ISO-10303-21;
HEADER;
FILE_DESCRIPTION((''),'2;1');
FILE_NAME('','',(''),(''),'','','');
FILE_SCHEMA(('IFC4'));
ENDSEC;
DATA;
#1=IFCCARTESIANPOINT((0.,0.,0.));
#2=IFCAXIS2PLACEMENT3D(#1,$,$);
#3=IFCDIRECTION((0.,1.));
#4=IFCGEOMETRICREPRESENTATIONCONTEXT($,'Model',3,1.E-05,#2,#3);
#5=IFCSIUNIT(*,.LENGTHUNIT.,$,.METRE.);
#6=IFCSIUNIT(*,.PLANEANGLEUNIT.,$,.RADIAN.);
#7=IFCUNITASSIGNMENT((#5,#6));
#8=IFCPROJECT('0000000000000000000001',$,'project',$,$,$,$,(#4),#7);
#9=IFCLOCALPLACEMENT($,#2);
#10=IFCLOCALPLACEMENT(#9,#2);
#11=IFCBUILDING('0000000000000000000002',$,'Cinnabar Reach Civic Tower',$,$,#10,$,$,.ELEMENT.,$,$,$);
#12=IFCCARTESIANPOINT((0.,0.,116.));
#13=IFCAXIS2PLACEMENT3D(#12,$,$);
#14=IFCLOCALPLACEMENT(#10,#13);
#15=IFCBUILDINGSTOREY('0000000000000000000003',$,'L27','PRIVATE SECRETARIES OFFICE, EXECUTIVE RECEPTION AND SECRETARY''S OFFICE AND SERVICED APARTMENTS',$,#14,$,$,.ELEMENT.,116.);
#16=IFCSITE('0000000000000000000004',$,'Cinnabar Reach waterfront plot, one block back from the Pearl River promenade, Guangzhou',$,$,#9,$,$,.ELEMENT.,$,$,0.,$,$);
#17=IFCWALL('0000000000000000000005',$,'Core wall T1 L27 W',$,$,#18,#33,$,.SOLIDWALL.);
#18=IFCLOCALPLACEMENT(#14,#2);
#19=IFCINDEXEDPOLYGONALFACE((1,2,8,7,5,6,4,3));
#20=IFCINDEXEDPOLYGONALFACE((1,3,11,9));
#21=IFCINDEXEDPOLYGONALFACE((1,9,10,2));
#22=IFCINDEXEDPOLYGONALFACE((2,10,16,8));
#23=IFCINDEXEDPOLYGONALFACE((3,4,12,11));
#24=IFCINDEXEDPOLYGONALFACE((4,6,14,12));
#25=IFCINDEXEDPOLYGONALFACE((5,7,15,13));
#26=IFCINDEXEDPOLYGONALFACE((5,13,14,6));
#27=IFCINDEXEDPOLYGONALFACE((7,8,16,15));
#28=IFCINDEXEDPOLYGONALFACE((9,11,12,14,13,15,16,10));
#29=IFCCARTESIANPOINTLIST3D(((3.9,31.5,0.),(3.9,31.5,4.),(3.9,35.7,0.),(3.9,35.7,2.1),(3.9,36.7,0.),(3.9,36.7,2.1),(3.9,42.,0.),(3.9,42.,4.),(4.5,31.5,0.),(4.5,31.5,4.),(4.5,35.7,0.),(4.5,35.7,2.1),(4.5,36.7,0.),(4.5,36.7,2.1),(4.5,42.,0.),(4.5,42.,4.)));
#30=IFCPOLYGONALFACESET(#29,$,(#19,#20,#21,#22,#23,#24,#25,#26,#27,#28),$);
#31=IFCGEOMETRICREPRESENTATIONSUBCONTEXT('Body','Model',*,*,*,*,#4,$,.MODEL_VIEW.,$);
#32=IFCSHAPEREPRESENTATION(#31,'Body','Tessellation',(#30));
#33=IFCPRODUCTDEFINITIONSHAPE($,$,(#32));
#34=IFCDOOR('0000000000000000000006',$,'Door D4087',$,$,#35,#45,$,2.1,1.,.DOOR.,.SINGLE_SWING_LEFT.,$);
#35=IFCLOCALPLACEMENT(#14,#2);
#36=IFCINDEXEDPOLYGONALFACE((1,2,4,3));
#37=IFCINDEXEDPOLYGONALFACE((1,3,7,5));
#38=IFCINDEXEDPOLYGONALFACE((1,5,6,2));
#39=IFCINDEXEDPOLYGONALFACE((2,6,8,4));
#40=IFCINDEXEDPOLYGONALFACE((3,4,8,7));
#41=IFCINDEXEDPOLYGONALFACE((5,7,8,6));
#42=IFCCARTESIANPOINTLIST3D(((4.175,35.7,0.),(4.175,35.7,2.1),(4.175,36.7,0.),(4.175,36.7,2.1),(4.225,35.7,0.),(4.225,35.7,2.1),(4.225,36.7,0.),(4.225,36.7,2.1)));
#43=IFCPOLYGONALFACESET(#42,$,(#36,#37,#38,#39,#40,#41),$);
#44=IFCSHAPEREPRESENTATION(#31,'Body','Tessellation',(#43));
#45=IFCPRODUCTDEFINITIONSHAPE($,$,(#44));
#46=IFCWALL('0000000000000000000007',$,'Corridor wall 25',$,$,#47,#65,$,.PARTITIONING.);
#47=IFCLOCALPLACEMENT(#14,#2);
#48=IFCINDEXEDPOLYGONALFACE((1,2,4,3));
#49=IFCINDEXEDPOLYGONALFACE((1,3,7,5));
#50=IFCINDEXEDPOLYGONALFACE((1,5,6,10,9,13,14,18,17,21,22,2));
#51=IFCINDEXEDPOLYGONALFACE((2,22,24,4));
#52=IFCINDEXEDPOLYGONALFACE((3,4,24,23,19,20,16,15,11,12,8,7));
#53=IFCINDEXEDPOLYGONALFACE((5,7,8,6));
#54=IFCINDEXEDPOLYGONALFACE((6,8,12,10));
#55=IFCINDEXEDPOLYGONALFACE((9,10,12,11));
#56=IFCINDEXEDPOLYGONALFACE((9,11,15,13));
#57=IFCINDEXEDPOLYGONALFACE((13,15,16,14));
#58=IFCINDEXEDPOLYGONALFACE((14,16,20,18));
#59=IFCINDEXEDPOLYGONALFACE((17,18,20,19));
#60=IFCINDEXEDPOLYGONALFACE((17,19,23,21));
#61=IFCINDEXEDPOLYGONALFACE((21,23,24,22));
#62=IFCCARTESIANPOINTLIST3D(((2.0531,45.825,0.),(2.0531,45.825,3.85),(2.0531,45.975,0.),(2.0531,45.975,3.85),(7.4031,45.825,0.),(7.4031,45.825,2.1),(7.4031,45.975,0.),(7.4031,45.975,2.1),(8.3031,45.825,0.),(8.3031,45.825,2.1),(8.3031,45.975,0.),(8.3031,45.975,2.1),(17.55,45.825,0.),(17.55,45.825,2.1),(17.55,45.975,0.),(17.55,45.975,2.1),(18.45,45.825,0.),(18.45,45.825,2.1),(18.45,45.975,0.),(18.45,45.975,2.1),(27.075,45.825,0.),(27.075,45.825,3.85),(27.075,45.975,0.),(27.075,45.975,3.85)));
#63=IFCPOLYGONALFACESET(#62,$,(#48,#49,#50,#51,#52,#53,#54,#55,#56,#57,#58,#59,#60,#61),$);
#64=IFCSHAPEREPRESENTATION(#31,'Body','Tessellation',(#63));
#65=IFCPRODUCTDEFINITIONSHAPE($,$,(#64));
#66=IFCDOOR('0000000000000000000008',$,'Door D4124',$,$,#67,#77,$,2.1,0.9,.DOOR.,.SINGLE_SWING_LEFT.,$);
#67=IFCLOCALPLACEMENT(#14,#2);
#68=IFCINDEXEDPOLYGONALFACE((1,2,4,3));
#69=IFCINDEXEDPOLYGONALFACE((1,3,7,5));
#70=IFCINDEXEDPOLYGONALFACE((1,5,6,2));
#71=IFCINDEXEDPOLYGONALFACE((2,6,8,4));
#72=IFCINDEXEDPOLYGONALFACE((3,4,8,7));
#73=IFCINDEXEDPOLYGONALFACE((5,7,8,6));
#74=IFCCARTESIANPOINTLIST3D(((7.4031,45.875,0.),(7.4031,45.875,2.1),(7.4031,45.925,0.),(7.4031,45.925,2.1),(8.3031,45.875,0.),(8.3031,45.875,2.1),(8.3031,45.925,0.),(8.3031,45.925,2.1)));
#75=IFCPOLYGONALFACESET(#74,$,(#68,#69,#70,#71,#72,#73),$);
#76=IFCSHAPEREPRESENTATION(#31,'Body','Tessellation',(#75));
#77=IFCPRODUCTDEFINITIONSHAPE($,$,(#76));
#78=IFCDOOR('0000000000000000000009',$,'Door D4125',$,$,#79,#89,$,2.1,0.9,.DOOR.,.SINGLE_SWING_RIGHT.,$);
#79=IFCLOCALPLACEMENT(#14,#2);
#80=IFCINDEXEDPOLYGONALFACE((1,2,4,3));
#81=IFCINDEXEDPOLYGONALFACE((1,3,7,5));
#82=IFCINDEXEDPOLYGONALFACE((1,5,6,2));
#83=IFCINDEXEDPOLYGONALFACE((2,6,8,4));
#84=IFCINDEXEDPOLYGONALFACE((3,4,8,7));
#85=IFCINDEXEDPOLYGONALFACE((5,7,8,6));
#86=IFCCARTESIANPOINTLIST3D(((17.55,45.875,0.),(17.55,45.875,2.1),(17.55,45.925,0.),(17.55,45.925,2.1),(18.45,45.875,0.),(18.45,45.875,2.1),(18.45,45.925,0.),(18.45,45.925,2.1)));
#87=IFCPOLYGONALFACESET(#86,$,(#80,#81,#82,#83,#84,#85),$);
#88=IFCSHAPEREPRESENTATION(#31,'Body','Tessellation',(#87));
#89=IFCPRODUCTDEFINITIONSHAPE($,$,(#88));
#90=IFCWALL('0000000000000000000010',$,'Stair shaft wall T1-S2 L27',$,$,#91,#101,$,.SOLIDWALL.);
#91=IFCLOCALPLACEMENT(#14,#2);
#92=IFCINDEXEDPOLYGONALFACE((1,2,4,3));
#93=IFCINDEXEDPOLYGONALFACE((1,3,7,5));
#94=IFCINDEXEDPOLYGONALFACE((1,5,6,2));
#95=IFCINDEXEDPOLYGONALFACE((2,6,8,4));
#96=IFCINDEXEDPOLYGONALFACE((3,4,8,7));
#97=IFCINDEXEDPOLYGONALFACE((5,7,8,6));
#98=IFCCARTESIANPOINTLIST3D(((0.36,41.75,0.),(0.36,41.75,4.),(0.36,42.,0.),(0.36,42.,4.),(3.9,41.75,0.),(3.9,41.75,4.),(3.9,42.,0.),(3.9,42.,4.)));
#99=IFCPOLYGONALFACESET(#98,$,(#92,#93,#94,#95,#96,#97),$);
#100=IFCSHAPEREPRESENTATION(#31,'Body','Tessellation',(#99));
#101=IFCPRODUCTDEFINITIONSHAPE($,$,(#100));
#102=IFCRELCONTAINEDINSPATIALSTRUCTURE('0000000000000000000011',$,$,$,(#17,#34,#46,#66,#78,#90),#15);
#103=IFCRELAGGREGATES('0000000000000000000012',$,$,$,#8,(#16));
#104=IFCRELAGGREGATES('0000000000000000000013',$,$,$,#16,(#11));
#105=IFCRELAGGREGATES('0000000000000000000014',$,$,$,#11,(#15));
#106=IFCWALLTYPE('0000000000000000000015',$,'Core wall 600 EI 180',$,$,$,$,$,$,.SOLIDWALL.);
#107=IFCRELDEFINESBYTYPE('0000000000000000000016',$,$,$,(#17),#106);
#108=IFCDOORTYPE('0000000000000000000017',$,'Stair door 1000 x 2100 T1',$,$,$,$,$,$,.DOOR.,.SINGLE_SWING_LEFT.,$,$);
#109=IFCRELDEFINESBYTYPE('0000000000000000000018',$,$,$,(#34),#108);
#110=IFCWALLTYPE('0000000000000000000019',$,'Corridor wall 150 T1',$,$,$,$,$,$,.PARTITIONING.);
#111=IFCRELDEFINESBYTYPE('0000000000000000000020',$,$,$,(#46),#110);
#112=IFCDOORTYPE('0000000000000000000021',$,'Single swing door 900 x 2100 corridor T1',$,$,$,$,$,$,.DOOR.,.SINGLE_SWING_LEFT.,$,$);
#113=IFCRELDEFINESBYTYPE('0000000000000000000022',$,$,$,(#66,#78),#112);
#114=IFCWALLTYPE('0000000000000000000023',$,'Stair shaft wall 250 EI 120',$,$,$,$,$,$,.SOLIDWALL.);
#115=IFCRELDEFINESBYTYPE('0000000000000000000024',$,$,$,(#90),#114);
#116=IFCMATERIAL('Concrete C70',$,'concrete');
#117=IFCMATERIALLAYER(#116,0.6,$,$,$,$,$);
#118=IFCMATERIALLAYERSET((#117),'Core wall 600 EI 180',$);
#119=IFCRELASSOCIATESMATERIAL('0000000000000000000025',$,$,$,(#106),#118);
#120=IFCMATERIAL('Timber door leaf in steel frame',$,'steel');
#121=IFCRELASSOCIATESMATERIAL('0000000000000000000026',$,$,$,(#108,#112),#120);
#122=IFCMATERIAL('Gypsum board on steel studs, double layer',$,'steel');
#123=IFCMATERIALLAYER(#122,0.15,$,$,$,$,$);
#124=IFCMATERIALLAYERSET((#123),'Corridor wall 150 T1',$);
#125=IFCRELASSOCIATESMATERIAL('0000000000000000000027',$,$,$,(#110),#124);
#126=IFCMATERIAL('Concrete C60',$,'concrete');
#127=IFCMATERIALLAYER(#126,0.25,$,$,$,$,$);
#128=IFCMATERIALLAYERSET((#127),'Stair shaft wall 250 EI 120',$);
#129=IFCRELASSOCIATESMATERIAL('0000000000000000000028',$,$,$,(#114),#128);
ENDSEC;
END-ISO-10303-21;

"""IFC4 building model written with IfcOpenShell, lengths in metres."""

from ifc_helpers import new_model, si_unit, direction, frame, frame_2d, origin, place, context, subcontext, project, spatial, rectangle, extrude, material, layer, layer_set, type_object, element, fill, save


model = new_model("IFC4")

# Units and contexts
model_context = context("Model", 3, precision=1e-05, world=origin(), true_north=direction((0.0, 1.0)))
body_context = subcontext(model_context, "Body", "Model", "MODEL_VIEW")
ifc_project = project(units=[si_unit("LENGTHUNIT", "METRE"), si_unit("PLANEANGLEUNIT", "RADIAN")], contexts=[model_context])

# Site, building, storey
site_placement = place(None, origin())
site = spatial("IfcSite", under=ifc_project, at=site_placement, Name="Cinnabar Reach waterfront plot, one block back from the Pearl River promenade, Guangzhou", CompositionType="ELEMENT", RefElevation=0.0)
building_placement = place(site_placement, origin())
building = spatial("IfcBuilding", under=site, at=building_placement, Name="Cinnabar Reach Civic Tower", CompositionType="ELEMENT")
storey_placement = place(building_placement, frame((0.0, 0.0, 116.0)))
storey = spatial("IfcBuildingStorey", under=building, at=storey_placement, Name="L27", Description="PRIVATE SECRETARIES OFFICE, EXECUTIVE RECEPTION AND SECRETARY'S OFFICE AND SERVICED APARTMENTS", CompositionType="ELEMENT", Elevation=116.0)

# Shared definitions
ifc_material_1 = material(Name="Concrete C70", Category="concrete")

# Wall, opening, door
ifc_layer_1 = layer(ifc_material_1, 0.6)
ifc_layer_set_1 = layer_set([ifc_layer_1], Name="Core wall 600 EI 180")
wall_type_1 = type_object("IfcWallType", Name="Core wall 600 EI 180", PredefinedType="SOLIDWALL", material=ifc_layer_set_1)
wall_1_placement = place(storey_placement, frame((4.2, 42.0, 0.0), z_axis=(0.0, 0.0, 1.0), x_axis=(0.0, -1.0, 0.0)))
wall_1 = element("IfcWall", 1, at=wall_1_placement, inside=storey, type_object=wall_type_1, Name="Core wall T1 L27 W", PredefinedType="SOLIDWALL", context=body_context, shape_type="SweptSolid", body=[
    extrude(rectangle(XDim=10.5, YDim=0.6, at=frame_2d((5.25, 0.0))), origin(), (0.0, 0.0, 1.0), 4.0),
])
opening_1_placement = place(wall_1_placement, frame((5.3, 0.0, 0.0)))
opening_1 = element("IfcOpeningElement", 2, at=opening_1_placement, cuts=wall_1, PredefinedType="OPENING", context=body_context, shape_type="SweptSolid", body=[
    extrude(rectangle(XDim=1.0, YDim=2.1, at=frame_2d((0.5, 1.05))), frame((0.0, 0.31, 0.0), z_axis=(0.0, -1.0, 0.0), x_axis=(1.0, 0.0, 0.0)), (0.0, 0.0, 1.0), 0.62),
])
ifc_material_2 = material(Name="Timber door leaf in steel frame", Category="steel")
door_type_1 = type_object("IfcDoorType", Name="Stair door 1000 x 2100 T1", OperationType="SINGLE_SWING_LEFT", PredefinedType="DOOR", material=ifc_material_2)
door_1_placement = place(opening_1_placement, frame((1.0, 0.0, 0.0), z_axis=(0.0, 0.0, 1.0), x_axis=(-1.0, 0.0, 0.0)))
door_1 = element("IfcDoor", 3, at=door_1_placement, inside=storey, type_object=door_type_1, Name="Door D4087", OperationType="SINGLE_SWING_LEFT", OverallHeight=2.1, OverallWidth=1.0, PredefinedType="DOOR", context=body_context, shape_type="SweptSolid", body=[
    extrude(rectangle(XDim=1.0, YDim=2.1, at=frame_2d((0.5, 1.05))), frame((0.0, 0.025, 0.0), z_axis=(0.0, -1.0, 0.0), x_axis=(1.0, 0.0, 0.0)), (0.0, 0.0, 1.0), 0.05),
])
fill(opening_1, door_1)

# Wall, openings, doors
ifc_material_3 = material(Name="Gypsum board on steel studs, double layer", Category="steel")
ifc_layer_2 = layer(ifc_material_3, 0.15)
ifc_layer_set_2 = layer_set([ifc_layer_2], Name="Corridor wall 150 T1")
wall_type_2 = type_object("IfcWallType", Name="Corridor wall 150 T1", PredefinedType="PARTITIONING", material=ifc_layer_set_2)
wall_2_placement = place(storey_placement, frame((2.0531, 45.9, 0.0), z_axis=(0.0, 0.0, 1.0), x_axis=(1.0, 0.0, 0.0)))
wall_2 = element("IfcWall", 4, at=wall_2_placement, inside=storey, type_object=wall_type_2, Name="Corridor wall 25", PredefinedType="PARTITIONING", context=body_context, shape_type="SweptSolid", body=[
    extrude(rectangle(XDim=25.0219, YDim=0.15, at=frame_2d((12.5109, 0.0))), origin(), (0.0, 0.0, 1.0), 3.85),
])
opening_2_placement = place(wall_2_placement, frame((5.35, 0.0, 0.0)))
opening_2 = element("IfcOpeningElement", 5, at=opening_2_placement, cuts=wall_2, PredefinedType="OPENING", context=body_context, shape_type="SweptSolid", body=[
    extrude(rectangle(XDim=0.9, YDim=2.1, at=frame_2d((0.45, 1.05))), frame((0.0, 0.085, 0.0), z_axis=(0.0, -1.0, 0.0), x_axis=(1.0, 0.0, 0.0)), (0.0, 0.0, 1.0), 0.17),
])
opening_3_placement = place(wall_2_placement, frame((15.4969, 0.0, 0.0)))
opening_3 = element("IfcOpeningElement", 6, at=opening_3_placement, cuts=wall_2, PredefinedType="OPENING", context=body_context, shape_type="SweptSolid", body=[
    extrude(rectangle(XDim=0.9, YDim=2.1, at=frame_2d((0.45, 1.05))), frame((0.0, 0.085, 0.0), z_axis=(0.0, -1.0, 0.0), x_axis=(1.0, 0.0, 0.0)), (0.0, 0.0, 1.0), 0.17),
])
door_type_2 = type_object("IfcDoorType", Name="Single swing door 900 x 2100 corridor T1", OperationType="SINGLE_SWING_LEFT", PredefinedType="DOOR", material=ifc_material_2)
door_2_placement = place(opening_2_placement, origin())
door_2 = element("IfcDoor", 7, at=door_2_placement, inside=storey, type_object=door_type_2, Name="Door D4124", OperationType="SINGLE_SWING_LEFT", OverallHeight=2.1, OverallWidth=0.9, PredefinedType="DOOR", context=body_context, shape_type="SweptSolid", body=[
    extrude(rectangle(XDim=0.9, YDim=2.1, at=frame_2d((0.45, 1.05))), frame((0.0, 0.025, 0.0), z_axis=(0.0, -1.0, 0.0), x_axis=(1.0, 0.0, 0.0)), (0.0, 0.0, 1.0), 0.05),
])
fill(opening_2, door_2)
door_3_placement = place(opening_3_placement, origin())
door_3 = element("IfcDoor", 8, at=door_3_placement, inside=storey, type_object=door_type_2, Name="Door D4125", OperationType="SINGLE_SWING_RIGHT", OverallHeight=2.1, OverallWidth=0.9, PredefinedType="DOOR", context=body_context, shape_type="SweptSolid", body=[
    extrude(rectangle(XDim=0.9, YDim=2.1, at=frame_2d((0.45, 1.05))), frame((0.0, 0.025, 0.0), z_axis=(0.0, -1.0, 0.0), x_axis=(1.0, 0.0, 0.0)), (0.0, 0.0, 1.0), 0.05),
])
fill(opening_3, door_3)

# Wall
ifc_material_4 = material(Name="Concrete C60", Category="concrete")
ifc_layer_3 = layer(ifc_material_4, 0.25)
ifc_layer_set_3 = layer_set([ifc_layer_3], Name="Stair shaft wall 250 EI 120")
wall_type_3 = type_object("IfcWallType", Name="Stair shaft wall 250 EI 120", PredefinedType="SOLIDWALL", material=ifc_layer_set_3)
wall_3_placement = place(storey_placement, frame((3.9, 41.875, 0.0), z_axis=(0.0, 0.0, 1.0), x_axis=(-1.0, 0.0, 0.0)))
element("IfcWall", 9, at=wall_3_placement, inside=storey, type_object=wall_type_3, Name="Stair shaft wall T1-S2 L27", PredefinedType="SOLIDWALL", context=body_context, shape_type="SweptSolid", body=[
    extrude(rectangle(XDim=3.54, YDim=0.25, at=frame_2d((1.77, 0.0))), origin(), (0.0, 0.0, 1.0), 4.0),
])

save(model, "model.ifc")
